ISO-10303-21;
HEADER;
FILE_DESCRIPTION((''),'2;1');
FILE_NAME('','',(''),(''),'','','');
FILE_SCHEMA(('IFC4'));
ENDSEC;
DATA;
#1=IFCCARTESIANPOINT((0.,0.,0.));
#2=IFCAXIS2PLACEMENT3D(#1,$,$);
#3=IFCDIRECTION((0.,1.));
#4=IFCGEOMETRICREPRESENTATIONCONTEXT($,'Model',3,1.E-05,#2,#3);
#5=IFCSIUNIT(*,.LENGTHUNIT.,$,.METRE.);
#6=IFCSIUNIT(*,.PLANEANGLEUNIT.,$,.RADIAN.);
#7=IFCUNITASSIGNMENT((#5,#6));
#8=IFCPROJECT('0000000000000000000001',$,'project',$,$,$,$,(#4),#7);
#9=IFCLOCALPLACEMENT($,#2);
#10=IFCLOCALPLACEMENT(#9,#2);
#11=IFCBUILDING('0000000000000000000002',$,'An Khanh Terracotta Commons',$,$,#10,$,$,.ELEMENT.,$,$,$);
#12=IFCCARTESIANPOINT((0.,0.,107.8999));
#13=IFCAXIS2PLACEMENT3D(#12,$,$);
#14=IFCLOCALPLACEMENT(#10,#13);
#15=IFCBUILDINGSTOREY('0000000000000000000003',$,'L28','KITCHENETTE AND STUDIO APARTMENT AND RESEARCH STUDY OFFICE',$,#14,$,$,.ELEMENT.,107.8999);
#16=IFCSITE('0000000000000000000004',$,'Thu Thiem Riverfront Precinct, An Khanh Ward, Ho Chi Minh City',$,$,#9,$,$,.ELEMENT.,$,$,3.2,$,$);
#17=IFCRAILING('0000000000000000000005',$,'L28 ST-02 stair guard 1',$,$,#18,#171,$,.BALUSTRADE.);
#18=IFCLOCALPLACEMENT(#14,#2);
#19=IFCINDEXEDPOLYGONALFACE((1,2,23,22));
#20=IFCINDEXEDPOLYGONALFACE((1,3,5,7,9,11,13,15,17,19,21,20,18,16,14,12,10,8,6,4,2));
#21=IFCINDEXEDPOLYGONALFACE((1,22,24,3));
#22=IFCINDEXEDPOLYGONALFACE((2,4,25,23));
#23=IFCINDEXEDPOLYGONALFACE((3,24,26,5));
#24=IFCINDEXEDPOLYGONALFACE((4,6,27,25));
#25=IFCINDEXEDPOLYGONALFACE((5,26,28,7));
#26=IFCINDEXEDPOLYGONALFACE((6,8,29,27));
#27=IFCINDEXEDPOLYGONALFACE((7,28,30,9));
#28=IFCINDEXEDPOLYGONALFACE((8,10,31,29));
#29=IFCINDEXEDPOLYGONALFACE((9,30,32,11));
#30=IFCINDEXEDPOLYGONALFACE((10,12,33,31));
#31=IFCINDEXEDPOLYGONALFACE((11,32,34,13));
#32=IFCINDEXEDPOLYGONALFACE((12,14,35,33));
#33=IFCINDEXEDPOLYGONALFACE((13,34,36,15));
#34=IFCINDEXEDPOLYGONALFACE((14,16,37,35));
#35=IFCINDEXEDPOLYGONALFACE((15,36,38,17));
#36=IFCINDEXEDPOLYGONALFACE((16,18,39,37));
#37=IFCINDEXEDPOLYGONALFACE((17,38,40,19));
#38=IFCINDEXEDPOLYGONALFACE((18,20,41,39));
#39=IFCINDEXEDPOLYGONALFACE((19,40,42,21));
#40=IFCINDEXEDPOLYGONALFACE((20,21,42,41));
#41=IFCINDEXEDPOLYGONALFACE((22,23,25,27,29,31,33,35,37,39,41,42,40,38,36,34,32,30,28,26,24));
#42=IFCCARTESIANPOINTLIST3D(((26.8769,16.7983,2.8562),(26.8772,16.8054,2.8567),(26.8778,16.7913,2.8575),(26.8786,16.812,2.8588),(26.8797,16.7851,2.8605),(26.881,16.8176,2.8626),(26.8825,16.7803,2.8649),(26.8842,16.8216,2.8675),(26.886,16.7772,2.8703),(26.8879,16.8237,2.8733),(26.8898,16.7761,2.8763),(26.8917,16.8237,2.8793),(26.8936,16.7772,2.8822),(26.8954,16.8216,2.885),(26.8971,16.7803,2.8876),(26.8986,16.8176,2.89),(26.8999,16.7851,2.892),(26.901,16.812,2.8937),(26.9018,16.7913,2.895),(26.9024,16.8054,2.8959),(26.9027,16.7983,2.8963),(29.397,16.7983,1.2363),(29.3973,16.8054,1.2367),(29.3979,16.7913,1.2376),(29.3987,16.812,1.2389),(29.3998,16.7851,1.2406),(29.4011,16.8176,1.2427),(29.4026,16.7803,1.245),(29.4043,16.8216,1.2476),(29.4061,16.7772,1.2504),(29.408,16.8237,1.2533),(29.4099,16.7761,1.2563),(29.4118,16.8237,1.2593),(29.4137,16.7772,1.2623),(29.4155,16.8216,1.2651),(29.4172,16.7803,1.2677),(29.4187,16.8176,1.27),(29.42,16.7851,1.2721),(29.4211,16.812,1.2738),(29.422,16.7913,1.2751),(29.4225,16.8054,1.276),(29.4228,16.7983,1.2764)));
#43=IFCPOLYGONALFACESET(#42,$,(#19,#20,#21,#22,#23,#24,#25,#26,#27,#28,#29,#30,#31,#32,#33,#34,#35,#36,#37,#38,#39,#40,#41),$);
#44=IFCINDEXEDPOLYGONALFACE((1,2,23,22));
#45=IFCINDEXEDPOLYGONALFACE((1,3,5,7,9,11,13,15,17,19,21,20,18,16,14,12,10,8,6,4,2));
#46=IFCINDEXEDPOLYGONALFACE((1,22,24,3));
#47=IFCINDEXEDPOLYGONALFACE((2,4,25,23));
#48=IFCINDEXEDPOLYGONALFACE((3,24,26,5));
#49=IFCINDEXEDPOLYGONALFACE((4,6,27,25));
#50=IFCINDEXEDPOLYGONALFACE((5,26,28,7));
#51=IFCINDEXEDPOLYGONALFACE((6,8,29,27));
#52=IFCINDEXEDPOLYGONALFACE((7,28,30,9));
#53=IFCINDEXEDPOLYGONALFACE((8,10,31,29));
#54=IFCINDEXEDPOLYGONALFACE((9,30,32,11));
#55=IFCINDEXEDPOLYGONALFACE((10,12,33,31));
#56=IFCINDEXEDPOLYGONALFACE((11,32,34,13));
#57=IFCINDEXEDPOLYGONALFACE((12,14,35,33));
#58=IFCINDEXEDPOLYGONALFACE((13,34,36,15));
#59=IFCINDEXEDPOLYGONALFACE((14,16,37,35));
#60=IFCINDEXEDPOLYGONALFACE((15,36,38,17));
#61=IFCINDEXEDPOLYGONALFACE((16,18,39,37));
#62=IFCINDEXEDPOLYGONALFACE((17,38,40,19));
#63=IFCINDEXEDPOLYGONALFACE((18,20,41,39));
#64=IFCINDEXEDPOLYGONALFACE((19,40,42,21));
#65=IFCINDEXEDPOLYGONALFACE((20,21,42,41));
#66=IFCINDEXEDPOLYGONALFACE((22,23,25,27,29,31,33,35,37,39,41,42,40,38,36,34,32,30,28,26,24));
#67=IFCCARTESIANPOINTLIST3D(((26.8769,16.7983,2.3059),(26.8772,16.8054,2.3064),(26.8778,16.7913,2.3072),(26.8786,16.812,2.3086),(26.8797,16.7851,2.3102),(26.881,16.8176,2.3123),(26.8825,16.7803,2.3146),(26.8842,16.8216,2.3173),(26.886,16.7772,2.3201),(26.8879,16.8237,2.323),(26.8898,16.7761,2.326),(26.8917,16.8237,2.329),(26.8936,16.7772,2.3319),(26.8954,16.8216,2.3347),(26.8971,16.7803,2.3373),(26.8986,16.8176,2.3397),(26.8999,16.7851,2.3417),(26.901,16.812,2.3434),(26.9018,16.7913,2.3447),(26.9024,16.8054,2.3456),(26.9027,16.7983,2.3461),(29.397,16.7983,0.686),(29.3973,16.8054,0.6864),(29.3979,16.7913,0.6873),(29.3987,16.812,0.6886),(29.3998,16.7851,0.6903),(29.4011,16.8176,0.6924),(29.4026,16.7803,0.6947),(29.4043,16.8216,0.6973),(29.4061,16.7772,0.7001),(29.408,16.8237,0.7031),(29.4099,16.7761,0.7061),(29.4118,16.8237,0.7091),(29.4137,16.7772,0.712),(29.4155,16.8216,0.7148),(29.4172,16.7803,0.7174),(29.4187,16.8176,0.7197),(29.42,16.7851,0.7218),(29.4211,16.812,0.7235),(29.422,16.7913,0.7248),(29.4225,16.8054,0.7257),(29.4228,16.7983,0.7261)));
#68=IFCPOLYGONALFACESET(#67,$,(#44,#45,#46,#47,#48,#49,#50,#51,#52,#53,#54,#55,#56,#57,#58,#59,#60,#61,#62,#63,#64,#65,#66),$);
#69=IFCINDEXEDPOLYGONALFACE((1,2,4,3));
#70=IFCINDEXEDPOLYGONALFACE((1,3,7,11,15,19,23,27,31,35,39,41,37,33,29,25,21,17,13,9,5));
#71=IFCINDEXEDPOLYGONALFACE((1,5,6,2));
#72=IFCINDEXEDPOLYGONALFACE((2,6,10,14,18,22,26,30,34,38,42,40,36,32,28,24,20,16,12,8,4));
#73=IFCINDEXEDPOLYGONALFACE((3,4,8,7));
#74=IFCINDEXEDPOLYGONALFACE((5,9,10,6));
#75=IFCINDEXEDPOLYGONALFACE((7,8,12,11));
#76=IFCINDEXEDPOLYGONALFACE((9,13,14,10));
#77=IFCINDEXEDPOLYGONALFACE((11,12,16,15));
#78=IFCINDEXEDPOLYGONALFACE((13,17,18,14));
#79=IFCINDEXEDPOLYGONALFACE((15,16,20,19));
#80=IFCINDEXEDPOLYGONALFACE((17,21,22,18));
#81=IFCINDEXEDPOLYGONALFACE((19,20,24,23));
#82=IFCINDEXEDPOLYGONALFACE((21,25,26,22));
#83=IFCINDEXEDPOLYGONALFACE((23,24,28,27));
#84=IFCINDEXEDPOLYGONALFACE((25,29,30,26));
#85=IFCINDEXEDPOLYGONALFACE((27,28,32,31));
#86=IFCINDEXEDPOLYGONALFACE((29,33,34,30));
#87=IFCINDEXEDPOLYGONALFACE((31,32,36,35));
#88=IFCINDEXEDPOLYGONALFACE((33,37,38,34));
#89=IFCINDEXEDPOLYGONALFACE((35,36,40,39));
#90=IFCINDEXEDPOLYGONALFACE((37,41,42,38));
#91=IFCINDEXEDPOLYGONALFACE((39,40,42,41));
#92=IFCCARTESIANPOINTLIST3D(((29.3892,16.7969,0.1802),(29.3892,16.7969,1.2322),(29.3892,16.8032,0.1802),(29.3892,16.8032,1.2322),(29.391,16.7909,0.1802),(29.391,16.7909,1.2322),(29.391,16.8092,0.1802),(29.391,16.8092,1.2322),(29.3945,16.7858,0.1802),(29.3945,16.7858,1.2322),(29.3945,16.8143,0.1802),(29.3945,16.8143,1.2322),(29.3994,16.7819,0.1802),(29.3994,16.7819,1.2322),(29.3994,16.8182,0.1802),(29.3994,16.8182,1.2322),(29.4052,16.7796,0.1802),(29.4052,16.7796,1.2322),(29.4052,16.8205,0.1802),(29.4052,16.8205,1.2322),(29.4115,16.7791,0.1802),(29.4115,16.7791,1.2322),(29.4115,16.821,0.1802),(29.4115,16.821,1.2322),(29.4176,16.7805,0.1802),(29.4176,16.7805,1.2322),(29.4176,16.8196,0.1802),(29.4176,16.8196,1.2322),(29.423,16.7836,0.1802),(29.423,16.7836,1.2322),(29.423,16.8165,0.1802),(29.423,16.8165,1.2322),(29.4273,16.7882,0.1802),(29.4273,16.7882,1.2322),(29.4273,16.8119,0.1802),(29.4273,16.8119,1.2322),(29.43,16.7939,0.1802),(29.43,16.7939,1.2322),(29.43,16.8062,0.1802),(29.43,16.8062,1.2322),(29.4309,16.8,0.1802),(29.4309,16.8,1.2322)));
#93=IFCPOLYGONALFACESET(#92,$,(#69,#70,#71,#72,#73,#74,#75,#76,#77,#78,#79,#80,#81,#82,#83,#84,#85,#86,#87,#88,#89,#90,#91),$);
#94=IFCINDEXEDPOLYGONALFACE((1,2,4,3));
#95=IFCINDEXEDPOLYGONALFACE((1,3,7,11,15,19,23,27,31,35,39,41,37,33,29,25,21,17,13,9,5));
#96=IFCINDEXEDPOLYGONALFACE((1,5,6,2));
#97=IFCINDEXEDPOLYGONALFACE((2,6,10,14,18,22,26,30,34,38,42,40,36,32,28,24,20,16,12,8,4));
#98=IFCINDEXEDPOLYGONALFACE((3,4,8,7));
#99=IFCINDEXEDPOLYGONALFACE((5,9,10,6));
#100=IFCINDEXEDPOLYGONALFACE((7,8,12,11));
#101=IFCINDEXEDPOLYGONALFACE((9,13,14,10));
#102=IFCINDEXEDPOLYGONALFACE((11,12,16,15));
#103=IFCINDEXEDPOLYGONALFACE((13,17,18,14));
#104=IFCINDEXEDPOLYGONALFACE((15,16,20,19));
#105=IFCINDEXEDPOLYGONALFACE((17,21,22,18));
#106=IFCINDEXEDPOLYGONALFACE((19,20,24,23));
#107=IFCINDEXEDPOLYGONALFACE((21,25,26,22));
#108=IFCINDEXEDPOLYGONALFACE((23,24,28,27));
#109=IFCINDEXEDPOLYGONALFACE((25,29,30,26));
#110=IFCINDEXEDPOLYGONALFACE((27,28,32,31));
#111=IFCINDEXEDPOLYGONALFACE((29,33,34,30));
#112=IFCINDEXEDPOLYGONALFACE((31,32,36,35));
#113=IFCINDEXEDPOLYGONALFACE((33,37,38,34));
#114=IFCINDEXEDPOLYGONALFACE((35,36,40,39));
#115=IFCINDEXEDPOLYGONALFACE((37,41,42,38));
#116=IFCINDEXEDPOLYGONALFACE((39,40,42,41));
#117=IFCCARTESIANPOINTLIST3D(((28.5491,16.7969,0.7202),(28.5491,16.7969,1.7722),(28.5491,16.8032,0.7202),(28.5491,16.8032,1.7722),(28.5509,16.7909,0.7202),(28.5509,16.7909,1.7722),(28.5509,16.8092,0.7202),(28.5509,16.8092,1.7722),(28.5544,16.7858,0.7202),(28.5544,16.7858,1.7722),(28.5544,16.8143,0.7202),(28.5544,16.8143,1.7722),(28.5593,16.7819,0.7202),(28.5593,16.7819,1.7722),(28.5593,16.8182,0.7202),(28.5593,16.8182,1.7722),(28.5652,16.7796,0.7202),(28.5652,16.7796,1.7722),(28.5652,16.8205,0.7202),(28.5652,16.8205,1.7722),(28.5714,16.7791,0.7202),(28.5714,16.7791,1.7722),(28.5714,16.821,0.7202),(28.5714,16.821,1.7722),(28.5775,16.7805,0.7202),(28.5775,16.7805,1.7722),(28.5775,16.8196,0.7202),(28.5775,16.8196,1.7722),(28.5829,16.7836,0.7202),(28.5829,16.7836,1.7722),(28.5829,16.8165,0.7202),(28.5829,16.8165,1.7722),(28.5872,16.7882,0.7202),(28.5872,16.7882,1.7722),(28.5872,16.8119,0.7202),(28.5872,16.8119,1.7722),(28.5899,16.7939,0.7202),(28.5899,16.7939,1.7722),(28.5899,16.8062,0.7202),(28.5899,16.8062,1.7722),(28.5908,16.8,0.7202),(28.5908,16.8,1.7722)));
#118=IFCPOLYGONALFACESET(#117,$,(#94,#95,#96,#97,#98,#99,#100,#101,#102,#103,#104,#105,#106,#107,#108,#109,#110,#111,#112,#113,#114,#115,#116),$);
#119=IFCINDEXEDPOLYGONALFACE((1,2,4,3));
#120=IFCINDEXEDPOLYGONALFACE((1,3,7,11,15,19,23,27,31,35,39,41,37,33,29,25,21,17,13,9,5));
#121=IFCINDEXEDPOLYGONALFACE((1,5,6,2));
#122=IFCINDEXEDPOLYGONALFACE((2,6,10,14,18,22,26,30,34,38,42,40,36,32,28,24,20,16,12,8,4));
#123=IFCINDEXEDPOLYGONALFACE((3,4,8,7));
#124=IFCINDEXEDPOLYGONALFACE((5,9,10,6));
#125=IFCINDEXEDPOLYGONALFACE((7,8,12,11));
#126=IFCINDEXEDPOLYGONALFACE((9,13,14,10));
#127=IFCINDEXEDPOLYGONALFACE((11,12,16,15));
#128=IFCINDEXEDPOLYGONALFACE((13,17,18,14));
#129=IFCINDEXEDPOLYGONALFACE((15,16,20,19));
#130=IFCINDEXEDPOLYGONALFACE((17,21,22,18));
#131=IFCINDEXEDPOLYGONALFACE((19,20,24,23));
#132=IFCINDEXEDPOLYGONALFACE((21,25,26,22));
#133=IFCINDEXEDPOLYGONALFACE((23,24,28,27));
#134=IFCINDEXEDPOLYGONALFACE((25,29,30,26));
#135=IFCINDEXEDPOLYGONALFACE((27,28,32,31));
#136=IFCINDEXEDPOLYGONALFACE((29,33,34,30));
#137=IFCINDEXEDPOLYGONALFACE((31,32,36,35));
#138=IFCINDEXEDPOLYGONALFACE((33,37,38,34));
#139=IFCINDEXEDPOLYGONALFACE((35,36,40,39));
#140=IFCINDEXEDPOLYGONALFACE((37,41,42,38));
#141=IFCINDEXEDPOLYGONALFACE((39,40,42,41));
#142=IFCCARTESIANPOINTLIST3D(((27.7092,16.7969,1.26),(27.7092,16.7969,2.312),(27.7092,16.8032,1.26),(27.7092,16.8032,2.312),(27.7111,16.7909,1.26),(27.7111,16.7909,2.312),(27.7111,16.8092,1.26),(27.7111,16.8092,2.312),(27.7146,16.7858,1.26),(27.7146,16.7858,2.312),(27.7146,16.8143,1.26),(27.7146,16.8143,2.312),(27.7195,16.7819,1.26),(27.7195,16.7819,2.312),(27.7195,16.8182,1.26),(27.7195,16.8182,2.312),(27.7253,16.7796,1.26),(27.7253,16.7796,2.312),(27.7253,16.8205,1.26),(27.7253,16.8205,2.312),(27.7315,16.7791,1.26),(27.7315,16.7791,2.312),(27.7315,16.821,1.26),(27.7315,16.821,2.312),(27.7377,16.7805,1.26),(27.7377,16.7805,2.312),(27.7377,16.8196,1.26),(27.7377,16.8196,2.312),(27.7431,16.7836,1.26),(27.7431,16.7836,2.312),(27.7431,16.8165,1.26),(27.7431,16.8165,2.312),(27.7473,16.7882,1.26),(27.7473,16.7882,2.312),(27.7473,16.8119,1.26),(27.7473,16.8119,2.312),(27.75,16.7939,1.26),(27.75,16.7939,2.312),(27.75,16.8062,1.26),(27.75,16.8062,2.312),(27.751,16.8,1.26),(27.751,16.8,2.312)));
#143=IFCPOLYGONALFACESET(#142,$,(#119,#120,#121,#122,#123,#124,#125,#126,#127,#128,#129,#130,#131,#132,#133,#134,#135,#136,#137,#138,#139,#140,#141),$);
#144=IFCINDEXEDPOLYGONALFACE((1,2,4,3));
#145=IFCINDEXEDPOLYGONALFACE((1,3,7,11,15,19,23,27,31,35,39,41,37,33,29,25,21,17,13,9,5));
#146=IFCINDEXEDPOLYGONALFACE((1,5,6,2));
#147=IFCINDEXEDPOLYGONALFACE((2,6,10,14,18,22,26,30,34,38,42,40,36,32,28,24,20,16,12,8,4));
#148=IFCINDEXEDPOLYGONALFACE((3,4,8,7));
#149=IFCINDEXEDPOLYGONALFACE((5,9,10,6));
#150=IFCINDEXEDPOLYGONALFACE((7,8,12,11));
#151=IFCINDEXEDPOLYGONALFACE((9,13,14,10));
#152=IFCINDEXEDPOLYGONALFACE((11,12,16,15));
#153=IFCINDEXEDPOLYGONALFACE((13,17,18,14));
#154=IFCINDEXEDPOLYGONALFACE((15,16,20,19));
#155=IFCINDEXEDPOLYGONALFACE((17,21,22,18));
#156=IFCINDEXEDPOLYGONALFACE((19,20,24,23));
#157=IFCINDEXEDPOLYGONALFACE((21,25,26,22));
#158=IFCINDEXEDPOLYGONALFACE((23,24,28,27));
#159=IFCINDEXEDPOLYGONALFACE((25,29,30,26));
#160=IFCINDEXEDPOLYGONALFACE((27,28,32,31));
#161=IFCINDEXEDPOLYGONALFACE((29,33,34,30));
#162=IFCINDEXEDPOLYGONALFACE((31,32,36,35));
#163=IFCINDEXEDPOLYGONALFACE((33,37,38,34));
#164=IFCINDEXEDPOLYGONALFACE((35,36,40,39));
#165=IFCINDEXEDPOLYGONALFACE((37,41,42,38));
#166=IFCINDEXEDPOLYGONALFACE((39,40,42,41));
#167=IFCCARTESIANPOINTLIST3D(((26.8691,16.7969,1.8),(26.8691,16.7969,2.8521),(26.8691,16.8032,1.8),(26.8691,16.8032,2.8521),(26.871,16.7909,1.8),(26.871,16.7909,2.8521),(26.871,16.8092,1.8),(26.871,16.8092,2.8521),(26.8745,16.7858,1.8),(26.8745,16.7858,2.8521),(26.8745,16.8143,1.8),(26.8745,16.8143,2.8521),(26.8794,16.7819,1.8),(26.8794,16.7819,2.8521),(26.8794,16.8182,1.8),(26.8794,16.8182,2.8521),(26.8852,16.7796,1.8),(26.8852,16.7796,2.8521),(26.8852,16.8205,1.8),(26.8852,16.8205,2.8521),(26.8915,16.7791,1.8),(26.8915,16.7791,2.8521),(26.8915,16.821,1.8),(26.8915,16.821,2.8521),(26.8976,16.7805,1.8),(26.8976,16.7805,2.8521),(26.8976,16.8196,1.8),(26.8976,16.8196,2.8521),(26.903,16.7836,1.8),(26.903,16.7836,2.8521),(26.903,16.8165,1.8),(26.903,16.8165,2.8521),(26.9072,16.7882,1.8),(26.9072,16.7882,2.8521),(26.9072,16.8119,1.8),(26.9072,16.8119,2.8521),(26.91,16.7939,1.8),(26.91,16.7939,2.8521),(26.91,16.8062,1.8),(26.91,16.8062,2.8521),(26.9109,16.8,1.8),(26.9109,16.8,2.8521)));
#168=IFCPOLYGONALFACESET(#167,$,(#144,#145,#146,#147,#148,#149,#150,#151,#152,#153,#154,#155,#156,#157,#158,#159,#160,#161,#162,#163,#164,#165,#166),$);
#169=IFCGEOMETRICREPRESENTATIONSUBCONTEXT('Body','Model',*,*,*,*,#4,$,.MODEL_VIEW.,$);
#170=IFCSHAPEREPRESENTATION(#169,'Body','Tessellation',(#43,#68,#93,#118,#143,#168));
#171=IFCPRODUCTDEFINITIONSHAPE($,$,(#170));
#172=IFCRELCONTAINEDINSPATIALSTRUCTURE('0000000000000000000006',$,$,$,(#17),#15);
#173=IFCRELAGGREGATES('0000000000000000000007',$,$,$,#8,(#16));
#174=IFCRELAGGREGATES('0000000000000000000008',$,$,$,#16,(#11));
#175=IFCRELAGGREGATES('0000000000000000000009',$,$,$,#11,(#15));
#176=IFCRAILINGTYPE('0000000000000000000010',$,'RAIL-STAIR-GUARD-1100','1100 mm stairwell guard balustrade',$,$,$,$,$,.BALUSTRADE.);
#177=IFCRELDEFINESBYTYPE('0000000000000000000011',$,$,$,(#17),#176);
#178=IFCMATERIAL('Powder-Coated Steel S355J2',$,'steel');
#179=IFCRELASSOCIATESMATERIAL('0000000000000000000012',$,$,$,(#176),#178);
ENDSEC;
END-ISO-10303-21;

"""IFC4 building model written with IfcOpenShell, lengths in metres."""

from ifc_helpers import new_model, si_unit, direction, frame, origin, origin_2d, place, context, subcontext, project, spatial, circle, extrude, material, type_object, element, save


model = new_model("IFC4")

# Units and contexts
model_context = context("Model", 3, precision=1e-05, world=origin(), true_north=direction((0.0, 1.0)))
body_context = subcontext(model_context, "Body", "Model", "MODEL_VIEW")
ifc_project = project(units=[si_unit("LENGTHUNIT", "METRE"), si_unit("PLANEANGLEUNIT", "RADIAN")], contexts=[model_context])

# Site, building, storey
site_placement = place(None, origin())
site = spatial("IfcSite", under=ifc_project, at=site_placement, Name="Thu Thiem Riverfront Precinct, An Khanh Ward, Ho Chi Minh City", CompositionType="ELEMENT", RefElevation=3.2)
building_placement = place(site_placement, origin())
building = spatial("IfcBuilding", under=site, at=building_placement, Name="An Khanh Terracotta Commons", CompositionType="ELEMENT")
storey_placement = place(building_placement, frame((0.0, 0.0, 107.8999)))
storey = spatial("IfcBuildingStorey", under=building, at=storey_placement, Name="L28", Description="KITCHENETTE AND STUDIO APARTMENT AND RESEARCH STUDY OFFICE", CompositionType="ELEMENT", Elevation=107.8999)

# Railing
ifc_material_1 = material(Name="Powder-Coated Steel S355J2", Category="steel")
railing_type_1 = type_object("IfcRailingType", Name="RAIL-STAIR-GUARD-1100", Description="1100 mm stairwell guard balustrade", PredefinedType="BALUSTRADE", material=ifc_material_1)
railing_1_placement = place(storey_placement, frame((29.4099, 16.8, 0.1802)))
element("IfcRailing", 1, at=railing_1_placement, inside=storey, type_object=railing_type_1, Name="L28 ST-02 stair guard 1", PredefinedType="BALUSTRADE", context=body_context, shape_type="SweptSolid", body=[
    extrude(circle(Radius=0.0239, at=origin_2d()), frame((0.0, 0.0, 1.0762), z_axis=(-0.8412, 0.0, 0.540725), x_axis=(0.0, -1.0, 0.0)), (0.0, 0.0, 1.0), 2.9958),
    extrude(circle(Radius=0.0239, at=origin_2d()), frame((0.0, 0.0, 0.5259), z_axis=(-0.8412, 0.0, 0.540725), x_axis=(0.0, -1.0, 0.0)), (0.0, 0.0, 1.0), 2.9958),
    extrude(circle(Radius=0.021, at=origin_2d()), origin(), (0.0, 0.0, 1.0), 1.052),
    extrude(circle(Radius=0.021, at=origin_2d()), frame((-0.8401, 0.0, 0.54)), (0.0, 0.0, 1.0), 1.052),
    extrude(circle(Radius=0.021, at=origin_2d()), frame((-1.6799, 0.0, 1.0798)), (0.0, 0.0, 1.0), 1.052),
    extrude(circle(Radius=0.021, at=origin_2d()), frame((-2.52, 0.0, 1.6199)), (0.0, 0.0, 1.0), 1.052),
])

save(model, "model.ifc")
